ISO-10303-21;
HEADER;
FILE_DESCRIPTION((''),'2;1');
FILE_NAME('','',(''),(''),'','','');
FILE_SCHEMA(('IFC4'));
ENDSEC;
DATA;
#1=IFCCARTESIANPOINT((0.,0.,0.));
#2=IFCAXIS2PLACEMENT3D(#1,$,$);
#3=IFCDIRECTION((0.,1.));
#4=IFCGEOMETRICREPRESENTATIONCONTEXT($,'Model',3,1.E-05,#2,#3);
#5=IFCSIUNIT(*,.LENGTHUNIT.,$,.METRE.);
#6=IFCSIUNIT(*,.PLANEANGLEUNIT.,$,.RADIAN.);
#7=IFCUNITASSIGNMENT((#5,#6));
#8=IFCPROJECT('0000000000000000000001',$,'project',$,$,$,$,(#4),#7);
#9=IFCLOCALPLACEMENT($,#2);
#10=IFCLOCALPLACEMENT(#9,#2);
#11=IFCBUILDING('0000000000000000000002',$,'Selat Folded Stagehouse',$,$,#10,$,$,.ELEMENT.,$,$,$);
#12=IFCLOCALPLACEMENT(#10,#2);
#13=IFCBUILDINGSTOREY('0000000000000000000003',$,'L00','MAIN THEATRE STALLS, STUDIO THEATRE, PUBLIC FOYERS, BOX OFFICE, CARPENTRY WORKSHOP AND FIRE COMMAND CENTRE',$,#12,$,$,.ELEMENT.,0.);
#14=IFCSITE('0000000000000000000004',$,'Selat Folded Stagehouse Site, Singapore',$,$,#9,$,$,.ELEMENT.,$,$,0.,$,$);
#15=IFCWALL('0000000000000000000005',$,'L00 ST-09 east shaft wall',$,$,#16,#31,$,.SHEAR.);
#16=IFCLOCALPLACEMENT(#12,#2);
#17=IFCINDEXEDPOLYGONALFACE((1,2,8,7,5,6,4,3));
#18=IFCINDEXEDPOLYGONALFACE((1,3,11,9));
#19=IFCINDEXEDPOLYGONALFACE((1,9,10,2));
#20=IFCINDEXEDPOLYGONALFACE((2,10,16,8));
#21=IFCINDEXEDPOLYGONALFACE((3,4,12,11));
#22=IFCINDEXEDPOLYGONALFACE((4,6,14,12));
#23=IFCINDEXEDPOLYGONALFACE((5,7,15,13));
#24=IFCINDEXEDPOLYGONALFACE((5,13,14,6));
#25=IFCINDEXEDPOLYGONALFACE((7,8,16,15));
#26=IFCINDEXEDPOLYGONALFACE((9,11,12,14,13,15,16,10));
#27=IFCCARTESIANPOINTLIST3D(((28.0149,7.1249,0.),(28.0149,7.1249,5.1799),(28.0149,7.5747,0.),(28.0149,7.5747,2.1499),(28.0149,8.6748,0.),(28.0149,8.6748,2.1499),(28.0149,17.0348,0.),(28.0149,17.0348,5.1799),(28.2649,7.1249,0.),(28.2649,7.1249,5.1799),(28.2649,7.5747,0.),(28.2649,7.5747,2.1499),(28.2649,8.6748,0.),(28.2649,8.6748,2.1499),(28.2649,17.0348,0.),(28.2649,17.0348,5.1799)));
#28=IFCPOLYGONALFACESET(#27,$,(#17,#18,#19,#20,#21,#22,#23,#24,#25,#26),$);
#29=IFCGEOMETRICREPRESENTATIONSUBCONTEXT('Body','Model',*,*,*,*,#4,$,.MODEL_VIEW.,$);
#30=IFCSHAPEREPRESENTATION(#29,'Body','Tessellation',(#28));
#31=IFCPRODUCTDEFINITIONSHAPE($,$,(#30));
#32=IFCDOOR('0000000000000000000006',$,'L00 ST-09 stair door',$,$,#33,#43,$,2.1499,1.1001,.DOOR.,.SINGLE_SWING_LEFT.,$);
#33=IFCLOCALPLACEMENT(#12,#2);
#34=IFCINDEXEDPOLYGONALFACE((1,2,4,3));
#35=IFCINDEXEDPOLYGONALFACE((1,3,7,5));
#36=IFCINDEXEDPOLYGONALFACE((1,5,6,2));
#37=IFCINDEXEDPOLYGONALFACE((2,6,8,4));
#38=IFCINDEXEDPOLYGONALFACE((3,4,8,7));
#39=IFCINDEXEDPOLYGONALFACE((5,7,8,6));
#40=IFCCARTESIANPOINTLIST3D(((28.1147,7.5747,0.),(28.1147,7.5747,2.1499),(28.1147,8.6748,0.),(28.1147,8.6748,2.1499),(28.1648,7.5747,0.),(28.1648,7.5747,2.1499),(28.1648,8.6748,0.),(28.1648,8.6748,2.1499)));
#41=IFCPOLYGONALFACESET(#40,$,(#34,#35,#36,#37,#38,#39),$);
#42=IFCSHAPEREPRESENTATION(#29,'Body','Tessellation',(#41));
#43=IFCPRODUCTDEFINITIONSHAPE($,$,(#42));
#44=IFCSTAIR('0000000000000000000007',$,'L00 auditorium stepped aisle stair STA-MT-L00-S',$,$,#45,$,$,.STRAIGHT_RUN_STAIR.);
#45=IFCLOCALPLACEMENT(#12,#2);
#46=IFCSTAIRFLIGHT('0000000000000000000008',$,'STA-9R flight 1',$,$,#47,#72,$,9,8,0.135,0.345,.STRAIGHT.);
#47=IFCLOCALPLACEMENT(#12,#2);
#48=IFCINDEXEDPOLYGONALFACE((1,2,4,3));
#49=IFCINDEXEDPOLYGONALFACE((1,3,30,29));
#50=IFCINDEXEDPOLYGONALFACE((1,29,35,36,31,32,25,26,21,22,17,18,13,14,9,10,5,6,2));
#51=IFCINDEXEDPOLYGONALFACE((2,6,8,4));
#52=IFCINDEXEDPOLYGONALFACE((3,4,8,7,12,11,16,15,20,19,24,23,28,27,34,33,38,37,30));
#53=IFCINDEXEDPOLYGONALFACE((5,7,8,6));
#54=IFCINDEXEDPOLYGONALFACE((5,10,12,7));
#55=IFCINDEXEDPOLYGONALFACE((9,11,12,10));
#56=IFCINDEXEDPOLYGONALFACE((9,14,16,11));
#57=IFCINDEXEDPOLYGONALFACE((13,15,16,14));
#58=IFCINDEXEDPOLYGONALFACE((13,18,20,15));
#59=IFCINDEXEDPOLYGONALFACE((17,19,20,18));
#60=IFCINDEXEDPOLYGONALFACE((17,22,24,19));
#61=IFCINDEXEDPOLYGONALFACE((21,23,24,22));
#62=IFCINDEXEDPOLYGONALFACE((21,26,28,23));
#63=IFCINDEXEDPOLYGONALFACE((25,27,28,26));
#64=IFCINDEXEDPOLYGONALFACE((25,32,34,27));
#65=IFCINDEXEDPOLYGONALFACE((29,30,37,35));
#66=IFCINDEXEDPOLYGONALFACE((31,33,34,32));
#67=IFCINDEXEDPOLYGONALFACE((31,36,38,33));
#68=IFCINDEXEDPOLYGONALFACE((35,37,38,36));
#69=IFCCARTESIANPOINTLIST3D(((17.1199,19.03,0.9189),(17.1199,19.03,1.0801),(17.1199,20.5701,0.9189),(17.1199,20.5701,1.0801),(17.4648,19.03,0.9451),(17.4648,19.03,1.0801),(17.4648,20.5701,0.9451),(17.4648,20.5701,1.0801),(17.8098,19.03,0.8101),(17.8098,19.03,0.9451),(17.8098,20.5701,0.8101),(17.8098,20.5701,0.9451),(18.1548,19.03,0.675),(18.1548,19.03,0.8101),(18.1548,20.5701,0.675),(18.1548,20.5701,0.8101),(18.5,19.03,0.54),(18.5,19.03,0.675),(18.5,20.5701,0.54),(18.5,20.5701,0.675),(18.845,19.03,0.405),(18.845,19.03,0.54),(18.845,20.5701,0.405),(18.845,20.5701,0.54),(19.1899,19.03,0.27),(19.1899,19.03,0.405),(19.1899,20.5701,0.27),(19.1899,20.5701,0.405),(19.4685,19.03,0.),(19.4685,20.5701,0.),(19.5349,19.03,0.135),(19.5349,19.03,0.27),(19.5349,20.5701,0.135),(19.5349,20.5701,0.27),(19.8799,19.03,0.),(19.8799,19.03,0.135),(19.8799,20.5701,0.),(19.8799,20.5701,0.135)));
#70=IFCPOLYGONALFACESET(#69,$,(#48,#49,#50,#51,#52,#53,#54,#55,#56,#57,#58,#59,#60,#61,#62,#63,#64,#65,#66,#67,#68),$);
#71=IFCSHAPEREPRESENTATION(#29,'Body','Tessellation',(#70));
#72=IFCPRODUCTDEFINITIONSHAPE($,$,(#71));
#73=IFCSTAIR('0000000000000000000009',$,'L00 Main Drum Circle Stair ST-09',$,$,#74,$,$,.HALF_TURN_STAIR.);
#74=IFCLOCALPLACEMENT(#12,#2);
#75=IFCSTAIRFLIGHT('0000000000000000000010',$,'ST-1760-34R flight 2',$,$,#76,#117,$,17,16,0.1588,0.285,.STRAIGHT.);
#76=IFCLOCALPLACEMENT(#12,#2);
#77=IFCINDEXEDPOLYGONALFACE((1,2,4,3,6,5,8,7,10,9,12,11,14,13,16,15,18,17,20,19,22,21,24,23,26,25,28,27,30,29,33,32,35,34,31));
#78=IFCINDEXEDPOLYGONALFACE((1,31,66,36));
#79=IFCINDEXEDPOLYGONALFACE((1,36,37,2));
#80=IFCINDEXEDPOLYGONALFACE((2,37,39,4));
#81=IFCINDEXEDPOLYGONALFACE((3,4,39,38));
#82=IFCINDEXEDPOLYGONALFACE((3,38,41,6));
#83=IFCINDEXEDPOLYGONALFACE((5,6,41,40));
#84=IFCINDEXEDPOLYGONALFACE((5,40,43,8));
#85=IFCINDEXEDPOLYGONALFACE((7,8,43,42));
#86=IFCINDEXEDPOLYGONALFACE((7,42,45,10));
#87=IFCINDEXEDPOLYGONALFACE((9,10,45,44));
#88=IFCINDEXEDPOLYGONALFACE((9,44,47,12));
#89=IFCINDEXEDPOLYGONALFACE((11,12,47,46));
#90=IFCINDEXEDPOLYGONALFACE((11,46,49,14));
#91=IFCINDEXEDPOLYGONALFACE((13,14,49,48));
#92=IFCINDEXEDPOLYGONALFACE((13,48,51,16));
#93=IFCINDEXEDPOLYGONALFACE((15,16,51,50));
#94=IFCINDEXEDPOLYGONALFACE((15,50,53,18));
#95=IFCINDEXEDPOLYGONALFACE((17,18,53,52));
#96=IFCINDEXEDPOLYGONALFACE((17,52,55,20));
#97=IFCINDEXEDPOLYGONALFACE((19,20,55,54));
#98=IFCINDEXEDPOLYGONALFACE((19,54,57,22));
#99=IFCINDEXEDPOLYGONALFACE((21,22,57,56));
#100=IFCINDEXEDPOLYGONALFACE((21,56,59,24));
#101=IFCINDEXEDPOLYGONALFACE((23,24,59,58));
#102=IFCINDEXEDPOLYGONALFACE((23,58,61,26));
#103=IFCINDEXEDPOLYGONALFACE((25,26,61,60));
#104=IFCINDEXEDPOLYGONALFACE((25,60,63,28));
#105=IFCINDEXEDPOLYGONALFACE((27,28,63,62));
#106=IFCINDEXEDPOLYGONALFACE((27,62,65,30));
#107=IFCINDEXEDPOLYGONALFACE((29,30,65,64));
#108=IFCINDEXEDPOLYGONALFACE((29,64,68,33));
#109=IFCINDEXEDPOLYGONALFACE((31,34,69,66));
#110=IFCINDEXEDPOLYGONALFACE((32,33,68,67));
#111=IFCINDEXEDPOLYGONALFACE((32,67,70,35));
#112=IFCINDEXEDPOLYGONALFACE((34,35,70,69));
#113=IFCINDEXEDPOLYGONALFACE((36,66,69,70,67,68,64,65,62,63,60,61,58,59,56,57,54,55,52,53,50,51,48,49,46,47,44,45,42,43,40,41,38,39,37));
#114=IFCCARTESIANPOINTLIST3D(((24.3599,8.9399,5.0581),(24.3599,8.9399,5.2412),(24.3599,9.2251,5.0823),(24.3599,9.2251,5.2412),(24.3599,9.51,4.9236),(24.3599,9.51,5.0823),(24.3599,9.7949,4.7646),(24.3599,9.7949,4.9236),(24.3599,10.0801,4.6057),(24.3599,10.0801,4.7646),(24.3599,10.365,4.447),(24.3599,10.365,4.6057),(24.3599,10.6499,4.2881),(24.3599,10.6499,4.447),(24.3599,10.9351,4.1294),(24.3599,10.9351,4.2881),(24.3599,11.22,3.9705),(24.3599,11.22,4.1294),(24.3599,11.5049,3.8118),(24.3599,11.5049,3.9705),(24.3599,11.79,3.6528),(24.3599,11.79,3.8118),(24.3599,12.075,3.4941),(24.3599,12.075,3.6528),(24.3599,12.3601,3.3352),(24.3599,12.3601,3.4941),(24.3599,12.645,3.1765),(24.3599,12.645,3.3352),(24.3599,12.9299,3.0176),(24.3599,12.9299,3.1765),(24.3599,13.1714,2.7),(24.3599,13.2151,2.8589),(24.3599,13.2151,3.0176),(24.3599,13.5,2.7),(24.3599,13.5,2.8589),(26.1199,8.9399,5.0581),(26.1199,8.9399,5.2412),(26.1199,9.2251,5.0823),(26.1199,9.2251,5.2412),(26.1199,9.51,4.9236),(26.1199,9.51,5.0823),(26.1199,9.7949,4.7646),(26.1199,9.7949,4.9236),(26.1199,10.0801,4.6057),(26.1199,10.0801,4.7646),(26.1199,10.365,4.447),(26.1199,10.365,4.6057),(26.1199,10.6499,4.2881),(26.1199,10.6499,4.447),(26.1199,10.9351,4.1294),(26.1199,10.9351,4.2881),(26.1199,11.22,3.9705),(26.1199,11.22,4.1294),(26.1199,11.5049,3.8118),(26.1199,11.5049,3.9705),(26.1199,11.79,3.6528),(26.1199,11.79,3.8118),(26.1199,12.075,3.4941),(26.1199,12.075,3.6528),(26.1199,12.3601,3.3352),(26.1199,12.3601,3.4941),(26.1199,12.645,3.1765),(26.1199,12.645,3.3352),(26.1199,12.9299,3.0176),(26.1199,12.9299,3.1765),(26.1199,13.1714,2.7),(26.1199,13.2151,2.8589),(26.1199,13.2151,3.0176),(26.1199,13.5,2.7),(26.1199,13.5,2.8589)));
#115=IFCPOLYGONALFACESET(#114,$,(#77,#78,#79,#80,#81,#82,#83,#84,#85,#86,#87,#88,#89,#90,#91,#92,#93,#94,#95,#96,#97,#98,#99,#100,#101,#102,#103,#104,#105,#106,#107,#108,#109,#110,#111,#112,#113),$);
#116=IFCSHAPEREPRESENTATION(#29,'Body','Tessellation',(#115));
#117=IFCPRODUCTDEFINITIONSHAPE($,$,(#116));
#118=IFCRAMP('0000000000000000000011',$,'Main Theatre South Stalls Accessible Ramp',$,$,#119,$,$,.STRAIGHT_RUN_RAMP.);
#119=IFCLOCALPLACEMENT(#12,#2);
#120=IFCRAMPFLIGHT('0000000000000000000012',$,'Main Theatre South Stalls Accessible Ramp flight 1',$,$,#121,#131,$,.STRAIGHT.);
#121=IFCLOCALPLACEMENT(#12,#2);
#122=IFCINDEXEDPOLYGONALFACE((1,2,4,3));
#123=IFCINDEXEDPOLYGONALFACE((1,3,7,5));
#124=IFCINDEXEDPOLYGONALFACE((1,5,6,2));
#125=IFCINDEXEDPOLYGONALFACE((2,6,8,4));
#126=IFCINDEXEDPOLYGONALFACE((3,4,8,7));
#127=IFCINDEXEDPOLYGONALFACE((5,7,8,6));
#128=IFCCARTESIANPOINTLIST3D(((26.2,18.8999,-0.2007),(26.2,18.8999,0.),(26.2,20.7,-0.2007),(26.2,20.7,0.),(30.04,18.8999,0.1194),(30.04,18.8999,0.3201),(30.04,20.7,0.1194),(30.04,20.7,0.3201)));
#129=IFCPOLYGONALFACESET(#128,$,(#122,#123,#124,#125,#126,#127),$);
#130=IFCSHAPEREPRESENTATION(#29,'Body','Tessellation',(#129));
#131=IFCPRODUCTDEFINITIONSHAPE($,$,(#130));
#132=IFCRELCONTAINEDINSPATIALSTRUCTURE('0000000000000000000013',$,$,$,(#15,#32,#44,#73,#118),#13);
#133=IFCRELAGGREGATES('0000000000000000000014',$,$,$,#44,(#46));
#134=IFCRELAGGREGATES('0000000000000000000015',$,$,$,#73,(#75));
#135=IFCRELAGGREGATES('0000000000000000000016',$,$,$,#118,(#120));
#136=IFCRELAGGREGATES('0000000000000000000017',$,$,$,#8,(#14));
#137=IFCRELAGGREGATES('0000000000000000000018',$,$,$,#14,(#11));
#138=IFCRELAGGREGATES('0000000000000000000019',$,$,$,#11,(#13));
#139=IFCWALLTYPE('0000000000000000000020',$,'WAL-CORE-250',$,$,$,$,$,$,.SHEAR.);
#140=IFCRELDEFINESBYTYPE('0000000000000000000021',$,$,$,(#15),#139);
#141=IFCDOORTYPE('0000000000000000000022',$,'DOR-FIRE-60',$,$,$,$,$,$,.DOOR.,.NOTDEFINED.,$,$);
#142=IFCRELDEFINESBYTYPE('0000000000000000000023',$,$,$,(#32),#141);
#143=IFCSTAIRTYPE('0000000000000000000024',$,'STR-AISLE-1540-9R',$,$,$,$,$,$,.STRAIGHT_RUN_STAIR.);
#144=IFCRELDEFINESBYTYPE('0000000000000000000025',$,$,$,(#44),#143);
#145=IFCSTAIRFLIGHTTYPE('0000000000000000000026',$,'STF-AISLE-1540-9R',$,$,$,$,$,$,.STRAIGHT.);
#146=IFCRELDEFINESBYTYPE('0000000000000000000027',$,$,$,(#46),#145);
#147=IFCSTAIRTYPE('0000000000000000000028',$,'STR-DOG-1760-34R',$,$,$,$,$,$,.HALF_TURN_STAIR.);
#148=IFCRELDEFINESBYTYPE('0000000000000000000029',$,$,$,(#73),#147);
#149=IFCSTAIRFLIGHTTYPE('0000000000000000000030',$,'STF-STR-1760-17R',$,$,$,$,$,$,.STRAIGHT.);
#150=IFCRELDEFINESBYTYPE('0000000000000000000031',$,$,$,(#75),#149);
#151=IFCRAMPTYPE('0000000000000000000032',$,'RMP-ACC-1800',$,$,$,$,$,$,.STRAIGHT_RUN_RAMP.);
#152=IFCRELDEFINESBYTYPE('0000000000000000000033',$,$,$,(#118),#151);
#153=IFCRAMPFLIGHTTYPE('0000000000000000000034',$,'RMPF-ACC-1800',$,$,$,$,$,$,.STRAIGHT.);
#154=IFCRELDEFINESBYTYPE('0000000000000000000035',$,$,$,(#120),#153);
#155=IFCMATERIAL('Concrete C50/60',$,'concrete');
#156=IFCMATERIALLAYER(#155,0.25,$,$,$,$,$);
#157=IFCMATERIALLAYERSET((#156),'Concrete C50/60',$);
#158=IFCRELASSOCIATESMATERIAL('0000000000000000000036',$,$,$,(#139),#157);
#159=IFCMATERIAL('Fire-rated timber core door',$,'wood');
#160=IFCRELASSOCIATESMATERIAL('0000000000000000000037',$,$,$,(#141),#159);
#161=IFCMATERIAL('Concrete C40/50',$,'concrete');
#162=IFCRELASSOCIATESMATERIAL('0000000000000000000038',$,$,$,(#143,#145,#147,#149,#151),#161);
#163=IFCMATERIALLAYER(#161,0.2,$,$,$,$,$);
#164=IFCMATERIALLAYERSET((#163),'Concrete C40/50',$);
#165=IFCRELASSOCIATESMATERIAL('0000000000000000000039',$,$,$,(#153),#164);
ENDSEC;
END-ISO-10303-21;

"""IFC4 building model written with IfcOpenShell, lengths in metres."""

from ifc_helpers import new_model, si_unit, direction, frame, frame_2d, origin, place, context, subcontext, project, spatial, polyline, rectangle, outline, extrude, material, layer, layer_set, type_object, element, fill, aggregate, save


model = new_model("IFC4")

# Units and contexts
model_context = context("Model", 3, precision=1e-05, world=origin(), true_north=direction((0.0, 1.0)))
body_context = subcontext(model_context, "Body", "Model", "MODEL_VIEW")
ifc_project = project(units=[si_unit("LENGTHUNIT", "METRE"), si_unit("PLANEANGLEUNIT", "RADIAN")], contexts=[model_context])

# Site, building, storey
site_placement = place(None, origin())
site = spatial("IfcSite", under=ifc_project, at=site_placement, Name="Selat Folded Stagehouse Site, Singapore", CompositionType="ELEMENT", RefElevation=0.0)
building_placement = place(site_placement, origin())
building = spatial("IfcBuilding", under=site, at=building_placement, Name="Selat Folded Stagehouse", CompositionType="ELEMENT")
storey_placement = place(building_placement, origin())
storey = spatial("IfcBuildingStorey", under=building, at=storey_placement, Name="L00", Description="MAIN THEATRE STALLS, STUDIO THEATRE, PUBLIC FOYERS, BOX OFFICE, CARPENTRY WORKSHOP AND FIRE COMMAND CENTRE", CompositionType="ELEMENT", Elevation=0.0)

# Shared definitions
ifc_material_1 = material(Name="Concrete C50/60", Category="concrete")
ifc_layer_1 = layer(ifc_material_1, 0.25)
ifc_layer_set_1 = layer_set([ifc_layer_1], Name="Concrete C50/60")
wall_type = type_object("IfcWallType", Name="WAL-CORE-250", PredefinedType="SHEAR", material=ifc_layer_set_1)

# Wall, opening, door
wall_1_placement = place(storey_placement, frame((28.1399, 17.0349, 0.0), z_axis=(0.0, 0.0, 1.0), x_axis=(0.0, -1.0, 0.0)))
wall_1 = element("IfcWall", 1, at=wall_1_placement, inside=storey, type_object=wall_type, Name="L00 ST-09 east shaft wall", PredefinedType="SHEAR", context=body_context, shape_type="SweptSolid", body=[
    extrude(rectangle(XDim=9.9099, YDim=0.25, at=frame_2d((4.9551, 0.0))), origin(), (0.0, 0.0, 1.0), 5.1799),
])
opening_placement = place(wall_1_placement, frame((8.3601, 0.0, 0.0)))
opening = element("IfcOpeningElement", 2, at=opening_placement, cuts=wall_1, PredefinedType="OPENING", context=body_context, shape_type="SweptSolid", body=[
    extrude(rectangle(XDim=1.1001, YDim=2.1499, at=frame_2d((0.55, 1.075))), frame((0.0, 0.135, 0.0), z_axis=(0.0, -1.0, 0.0), x_axis=(1.0, 0.0, 0.0)), (0.0, 0.0, 1.0), 0.27),
])
ifc_material_2 = material(Name="Fire-rated timber core door", Category="wood")
door_type = type_object("IfcDoorType", Name="DOR-FIRE-60", OperationType="NOTDEFINED", PredefinedType="DOOR", material=ifc_material_2)
door_placement = place(opening_placement, origin())
door = element("IfcDoor", 3, at=door_placement, inside=storey, type_object=door_type, Name="L00 ST-09 stair door", OperationType="SINGLE_SWING_LEFT", OverallHeight=2.1499, OverallWidth=1.1001, PredefinedType="DOOR", context=body_context, shape_type="SweptSolid", body=[
    extrude(rectangle(XDim=1.1001, YDim=2.1499, at=frame_2d((0.55, 1.075))), frame((0.0, 0.0249, 0.0), z_axis=(0.0, -1.0, 0.0), x_axis=(1.0, 0.0, 0.0)), (0.0, 0.0, 1.0), 0.05),
])
fill(opening, door)

# Stairs, stair flights
ifc_material_3 = material(Name="Concrete C40/50", Category="concrete")
stair_type_1 = type_object("IfcStairType", Name="STR-AISLE-1540-9R", PredefinedType="STRAIGHT_RUN_STAIR", material=ifc_material_3)
stair_1_placement = place(storey_placement, origin())
stair_1 = element("IfcStair", 4, at=stair_1_placement, inside=storey, type_object=stair_type_1, Name="L00 auditorium stepped aisle stair STA-MT-L00-S", PredefinedType="STRAIGHT_RUN_STAIR")
stair_flight_type_1 = type_object("IfcStairFlightType", Name="STF-AISLE-1540-9R", PredefinedType="STRAIGHT", material=ifc_material_3)
stair_flight_1_placement = place(storey_placement, frame((19.8799, 19.8, 0.0), z_axis=(0.0, 0.0, 1.0), x_axis=(-1.0, 0.0, 0.0)))
stair_flight_1 = element("IfcStairFlight", 5, at=stair_flight_1_placement, type_object=stair_flight_type_1, Name="STA-9R flight 1", NumberOfRisers=9, NumberOfTreads=8, PredefinedType="STRAIGHT", RiserHeight=0.135, TreadLength=0.345, context=body_context, shape_type="SweptSolid", body=[
    extrude(outline(polyline([(0.0, 0.0), (0.0, 0.135), (0.345, 0.135), (0.345, 0.27), (0.6899, 0.27), (0.6899, 0.405), (1.0349, 0.405), (1.0349, 0.54), (1.3799, 0.54), (1.3799, 0.675), (1.7251, 0.675), (1.7251, 0.8101), (2.0701, 0.8101), (2.0701, 0.9451), (2.415, 0.9451), (2.415, 1.0801), (2.76, 1.0801), (2.76, 1.2151), (2.76, 0.9189), (0.4114, 0.0), (0.0, 0.0)])), frame((0.0, 0.77, 0.0), z_axis=(0.0, -1.0, 0.0), x_axis=(1.0, 0.0, 0.0)), (0.0, 0.0, 1.0), 1.54),
])
aggregate(stair_1, [stair_flight_1])
stair_type_2 = type_object("IfcStairType", Name="STR-DOG-1760-34R", PredefinedType="HALF_TURN_STAIR", material=ifc_material_3)
stair_2_placement = place(storey_placement, origin())
stair_2 = element("IfcStair", 6, at=stair_2_placement, inside=storey, type_object=stair_type_2, Name="L00 Main Drum Circle Stair ST-09", PredefinedType="HALF_TURN_STAIR")
stair_flight_type_2 = type_object("IfcStairFlightType", Name="STF-STR-1760-17R", PredefinedType="STRAIGHT", material=ifc_material_3)
stair_flight_2_placement = place(storey_placement, frame((25.24, 13.5, 2.7), z_axis=(0.0, 0.0, 1.0), x_axis=(0.0, -1.0, 0.0)))
stair_flight_2 = element("IfcStairFlight", 7, at=stair_flight_2_placement, type_object=stair_flight_type_2, Name="ST-1760-34R flight 2", NumberOfRisers=17, NumberOfTreads=16, PredefinedType="STRAIGHT", RiserHeight=0.1588, TreadLength=0.285, context=body_context, shape_type="SweptSolid", body=[
    extrude(outline(polyline([(0.0, 0.0), (0.0, 0.1589), (0.2849, 0.1589), (0.2849, 0.3176), (0.5701, 0.3176), (0.5701, 0.4766), (0.855, 0.4766), (0.855, 0.6353), (1.1399, 0.6353), (1.1399, 0.7942), (1.425, 0.7942), (1.425, 0.9529), (1.71, 0.9529), (1.71, 1.1118), (1.9951, 1.1118), (1.9951, 1.2705), (2.28, 1.2705), (2.28, 1.4294), (2.5649, 1.4294), (2.5649, 1.5881), (2.8501, 1.5881), (2.8501, 1.7471), (3.135, 1.7471), (3.135, 1.9058), (3.4199, 1.9058), (3.4199, 2.0647), (3.7051, 2.0647), (3.7051, 2.2236), (3.99, 2.2236), (3.99, 2.3823), (4.2749, 2.3823), (4.2749, 2.5413), (4.5601, 2.5413), (4.5601, 2.7), (4.5601, 2.3582), (0.3286, 0.0), (0.0, 0.0)])), frame((0.0, 0.8799, 0.0), z_axis=(0.0, -1.0, 0.0), x_axis=(1.0, 0.0, 0.0)), (0.0, 0.0, 1.0), 1.76),
])
aggregate(stair_2, [stair_flight_2])

# Ramp, ramp flight
ramp_type = type_object("IfcRampType", Name="RMP-ACC-1800", PredefinedType="STRAIGHT_RUN_RAMP", material=ifc_material_3)
ramp_placement = place(storey_placement, origin())
ramp = element("IfcRamp", 8, at=ramp_placement, inside=storey, type_object=ramp_type, Name="Main Theatre South Stalls Accessible Ramp", PredefinedType="STRAIGHT_RUN_RAMP")
ifc_layer_2 = layer(ifc_material_3, 0.2)
ifc_layer_set_2 = layer_set([ifc_layer_2], Name="Concrete C40/50")
ramp_flight_type = type_object("IfcRampFlightType", Name="RMPF-ACC-1800", PredefinedType="STRAIGHT", material=ifc_layer_set_2)
ramp_flight_placement = place(storey_placement, frame((26.2, 19.8, 0.0), z_axis=(0.0, 0.0, 1.0), x_axis=(1.0, 0.0, 0.0)))
ramp_flight = element("IfcRampFlight", 9, at=ramp_flight_placement, type_object=ramp_flight_type, Name="Main Theatre South Stalls Accessible Ramp flight 1", PredefinedType="STRAIGHT", context=body_context, shape_type="SweptSolid", body=[
    extrude(outline(polyline([(0.0, 0.0), (3.8401, 0.3201), (3.8401, 0.1194), (0.0, -0.2007), (0.0, 0.0)])), frame((0.0, 0.8999, 0.0), z_axis=(0.0, -1.0, 0.0), x_axis=(1.0, 0.0, 0.0)), (0.0, 0.0, 1.0), 1.8),
])
aggregate(ramp, [ramp_flight])

save(model, "model.ifc")
